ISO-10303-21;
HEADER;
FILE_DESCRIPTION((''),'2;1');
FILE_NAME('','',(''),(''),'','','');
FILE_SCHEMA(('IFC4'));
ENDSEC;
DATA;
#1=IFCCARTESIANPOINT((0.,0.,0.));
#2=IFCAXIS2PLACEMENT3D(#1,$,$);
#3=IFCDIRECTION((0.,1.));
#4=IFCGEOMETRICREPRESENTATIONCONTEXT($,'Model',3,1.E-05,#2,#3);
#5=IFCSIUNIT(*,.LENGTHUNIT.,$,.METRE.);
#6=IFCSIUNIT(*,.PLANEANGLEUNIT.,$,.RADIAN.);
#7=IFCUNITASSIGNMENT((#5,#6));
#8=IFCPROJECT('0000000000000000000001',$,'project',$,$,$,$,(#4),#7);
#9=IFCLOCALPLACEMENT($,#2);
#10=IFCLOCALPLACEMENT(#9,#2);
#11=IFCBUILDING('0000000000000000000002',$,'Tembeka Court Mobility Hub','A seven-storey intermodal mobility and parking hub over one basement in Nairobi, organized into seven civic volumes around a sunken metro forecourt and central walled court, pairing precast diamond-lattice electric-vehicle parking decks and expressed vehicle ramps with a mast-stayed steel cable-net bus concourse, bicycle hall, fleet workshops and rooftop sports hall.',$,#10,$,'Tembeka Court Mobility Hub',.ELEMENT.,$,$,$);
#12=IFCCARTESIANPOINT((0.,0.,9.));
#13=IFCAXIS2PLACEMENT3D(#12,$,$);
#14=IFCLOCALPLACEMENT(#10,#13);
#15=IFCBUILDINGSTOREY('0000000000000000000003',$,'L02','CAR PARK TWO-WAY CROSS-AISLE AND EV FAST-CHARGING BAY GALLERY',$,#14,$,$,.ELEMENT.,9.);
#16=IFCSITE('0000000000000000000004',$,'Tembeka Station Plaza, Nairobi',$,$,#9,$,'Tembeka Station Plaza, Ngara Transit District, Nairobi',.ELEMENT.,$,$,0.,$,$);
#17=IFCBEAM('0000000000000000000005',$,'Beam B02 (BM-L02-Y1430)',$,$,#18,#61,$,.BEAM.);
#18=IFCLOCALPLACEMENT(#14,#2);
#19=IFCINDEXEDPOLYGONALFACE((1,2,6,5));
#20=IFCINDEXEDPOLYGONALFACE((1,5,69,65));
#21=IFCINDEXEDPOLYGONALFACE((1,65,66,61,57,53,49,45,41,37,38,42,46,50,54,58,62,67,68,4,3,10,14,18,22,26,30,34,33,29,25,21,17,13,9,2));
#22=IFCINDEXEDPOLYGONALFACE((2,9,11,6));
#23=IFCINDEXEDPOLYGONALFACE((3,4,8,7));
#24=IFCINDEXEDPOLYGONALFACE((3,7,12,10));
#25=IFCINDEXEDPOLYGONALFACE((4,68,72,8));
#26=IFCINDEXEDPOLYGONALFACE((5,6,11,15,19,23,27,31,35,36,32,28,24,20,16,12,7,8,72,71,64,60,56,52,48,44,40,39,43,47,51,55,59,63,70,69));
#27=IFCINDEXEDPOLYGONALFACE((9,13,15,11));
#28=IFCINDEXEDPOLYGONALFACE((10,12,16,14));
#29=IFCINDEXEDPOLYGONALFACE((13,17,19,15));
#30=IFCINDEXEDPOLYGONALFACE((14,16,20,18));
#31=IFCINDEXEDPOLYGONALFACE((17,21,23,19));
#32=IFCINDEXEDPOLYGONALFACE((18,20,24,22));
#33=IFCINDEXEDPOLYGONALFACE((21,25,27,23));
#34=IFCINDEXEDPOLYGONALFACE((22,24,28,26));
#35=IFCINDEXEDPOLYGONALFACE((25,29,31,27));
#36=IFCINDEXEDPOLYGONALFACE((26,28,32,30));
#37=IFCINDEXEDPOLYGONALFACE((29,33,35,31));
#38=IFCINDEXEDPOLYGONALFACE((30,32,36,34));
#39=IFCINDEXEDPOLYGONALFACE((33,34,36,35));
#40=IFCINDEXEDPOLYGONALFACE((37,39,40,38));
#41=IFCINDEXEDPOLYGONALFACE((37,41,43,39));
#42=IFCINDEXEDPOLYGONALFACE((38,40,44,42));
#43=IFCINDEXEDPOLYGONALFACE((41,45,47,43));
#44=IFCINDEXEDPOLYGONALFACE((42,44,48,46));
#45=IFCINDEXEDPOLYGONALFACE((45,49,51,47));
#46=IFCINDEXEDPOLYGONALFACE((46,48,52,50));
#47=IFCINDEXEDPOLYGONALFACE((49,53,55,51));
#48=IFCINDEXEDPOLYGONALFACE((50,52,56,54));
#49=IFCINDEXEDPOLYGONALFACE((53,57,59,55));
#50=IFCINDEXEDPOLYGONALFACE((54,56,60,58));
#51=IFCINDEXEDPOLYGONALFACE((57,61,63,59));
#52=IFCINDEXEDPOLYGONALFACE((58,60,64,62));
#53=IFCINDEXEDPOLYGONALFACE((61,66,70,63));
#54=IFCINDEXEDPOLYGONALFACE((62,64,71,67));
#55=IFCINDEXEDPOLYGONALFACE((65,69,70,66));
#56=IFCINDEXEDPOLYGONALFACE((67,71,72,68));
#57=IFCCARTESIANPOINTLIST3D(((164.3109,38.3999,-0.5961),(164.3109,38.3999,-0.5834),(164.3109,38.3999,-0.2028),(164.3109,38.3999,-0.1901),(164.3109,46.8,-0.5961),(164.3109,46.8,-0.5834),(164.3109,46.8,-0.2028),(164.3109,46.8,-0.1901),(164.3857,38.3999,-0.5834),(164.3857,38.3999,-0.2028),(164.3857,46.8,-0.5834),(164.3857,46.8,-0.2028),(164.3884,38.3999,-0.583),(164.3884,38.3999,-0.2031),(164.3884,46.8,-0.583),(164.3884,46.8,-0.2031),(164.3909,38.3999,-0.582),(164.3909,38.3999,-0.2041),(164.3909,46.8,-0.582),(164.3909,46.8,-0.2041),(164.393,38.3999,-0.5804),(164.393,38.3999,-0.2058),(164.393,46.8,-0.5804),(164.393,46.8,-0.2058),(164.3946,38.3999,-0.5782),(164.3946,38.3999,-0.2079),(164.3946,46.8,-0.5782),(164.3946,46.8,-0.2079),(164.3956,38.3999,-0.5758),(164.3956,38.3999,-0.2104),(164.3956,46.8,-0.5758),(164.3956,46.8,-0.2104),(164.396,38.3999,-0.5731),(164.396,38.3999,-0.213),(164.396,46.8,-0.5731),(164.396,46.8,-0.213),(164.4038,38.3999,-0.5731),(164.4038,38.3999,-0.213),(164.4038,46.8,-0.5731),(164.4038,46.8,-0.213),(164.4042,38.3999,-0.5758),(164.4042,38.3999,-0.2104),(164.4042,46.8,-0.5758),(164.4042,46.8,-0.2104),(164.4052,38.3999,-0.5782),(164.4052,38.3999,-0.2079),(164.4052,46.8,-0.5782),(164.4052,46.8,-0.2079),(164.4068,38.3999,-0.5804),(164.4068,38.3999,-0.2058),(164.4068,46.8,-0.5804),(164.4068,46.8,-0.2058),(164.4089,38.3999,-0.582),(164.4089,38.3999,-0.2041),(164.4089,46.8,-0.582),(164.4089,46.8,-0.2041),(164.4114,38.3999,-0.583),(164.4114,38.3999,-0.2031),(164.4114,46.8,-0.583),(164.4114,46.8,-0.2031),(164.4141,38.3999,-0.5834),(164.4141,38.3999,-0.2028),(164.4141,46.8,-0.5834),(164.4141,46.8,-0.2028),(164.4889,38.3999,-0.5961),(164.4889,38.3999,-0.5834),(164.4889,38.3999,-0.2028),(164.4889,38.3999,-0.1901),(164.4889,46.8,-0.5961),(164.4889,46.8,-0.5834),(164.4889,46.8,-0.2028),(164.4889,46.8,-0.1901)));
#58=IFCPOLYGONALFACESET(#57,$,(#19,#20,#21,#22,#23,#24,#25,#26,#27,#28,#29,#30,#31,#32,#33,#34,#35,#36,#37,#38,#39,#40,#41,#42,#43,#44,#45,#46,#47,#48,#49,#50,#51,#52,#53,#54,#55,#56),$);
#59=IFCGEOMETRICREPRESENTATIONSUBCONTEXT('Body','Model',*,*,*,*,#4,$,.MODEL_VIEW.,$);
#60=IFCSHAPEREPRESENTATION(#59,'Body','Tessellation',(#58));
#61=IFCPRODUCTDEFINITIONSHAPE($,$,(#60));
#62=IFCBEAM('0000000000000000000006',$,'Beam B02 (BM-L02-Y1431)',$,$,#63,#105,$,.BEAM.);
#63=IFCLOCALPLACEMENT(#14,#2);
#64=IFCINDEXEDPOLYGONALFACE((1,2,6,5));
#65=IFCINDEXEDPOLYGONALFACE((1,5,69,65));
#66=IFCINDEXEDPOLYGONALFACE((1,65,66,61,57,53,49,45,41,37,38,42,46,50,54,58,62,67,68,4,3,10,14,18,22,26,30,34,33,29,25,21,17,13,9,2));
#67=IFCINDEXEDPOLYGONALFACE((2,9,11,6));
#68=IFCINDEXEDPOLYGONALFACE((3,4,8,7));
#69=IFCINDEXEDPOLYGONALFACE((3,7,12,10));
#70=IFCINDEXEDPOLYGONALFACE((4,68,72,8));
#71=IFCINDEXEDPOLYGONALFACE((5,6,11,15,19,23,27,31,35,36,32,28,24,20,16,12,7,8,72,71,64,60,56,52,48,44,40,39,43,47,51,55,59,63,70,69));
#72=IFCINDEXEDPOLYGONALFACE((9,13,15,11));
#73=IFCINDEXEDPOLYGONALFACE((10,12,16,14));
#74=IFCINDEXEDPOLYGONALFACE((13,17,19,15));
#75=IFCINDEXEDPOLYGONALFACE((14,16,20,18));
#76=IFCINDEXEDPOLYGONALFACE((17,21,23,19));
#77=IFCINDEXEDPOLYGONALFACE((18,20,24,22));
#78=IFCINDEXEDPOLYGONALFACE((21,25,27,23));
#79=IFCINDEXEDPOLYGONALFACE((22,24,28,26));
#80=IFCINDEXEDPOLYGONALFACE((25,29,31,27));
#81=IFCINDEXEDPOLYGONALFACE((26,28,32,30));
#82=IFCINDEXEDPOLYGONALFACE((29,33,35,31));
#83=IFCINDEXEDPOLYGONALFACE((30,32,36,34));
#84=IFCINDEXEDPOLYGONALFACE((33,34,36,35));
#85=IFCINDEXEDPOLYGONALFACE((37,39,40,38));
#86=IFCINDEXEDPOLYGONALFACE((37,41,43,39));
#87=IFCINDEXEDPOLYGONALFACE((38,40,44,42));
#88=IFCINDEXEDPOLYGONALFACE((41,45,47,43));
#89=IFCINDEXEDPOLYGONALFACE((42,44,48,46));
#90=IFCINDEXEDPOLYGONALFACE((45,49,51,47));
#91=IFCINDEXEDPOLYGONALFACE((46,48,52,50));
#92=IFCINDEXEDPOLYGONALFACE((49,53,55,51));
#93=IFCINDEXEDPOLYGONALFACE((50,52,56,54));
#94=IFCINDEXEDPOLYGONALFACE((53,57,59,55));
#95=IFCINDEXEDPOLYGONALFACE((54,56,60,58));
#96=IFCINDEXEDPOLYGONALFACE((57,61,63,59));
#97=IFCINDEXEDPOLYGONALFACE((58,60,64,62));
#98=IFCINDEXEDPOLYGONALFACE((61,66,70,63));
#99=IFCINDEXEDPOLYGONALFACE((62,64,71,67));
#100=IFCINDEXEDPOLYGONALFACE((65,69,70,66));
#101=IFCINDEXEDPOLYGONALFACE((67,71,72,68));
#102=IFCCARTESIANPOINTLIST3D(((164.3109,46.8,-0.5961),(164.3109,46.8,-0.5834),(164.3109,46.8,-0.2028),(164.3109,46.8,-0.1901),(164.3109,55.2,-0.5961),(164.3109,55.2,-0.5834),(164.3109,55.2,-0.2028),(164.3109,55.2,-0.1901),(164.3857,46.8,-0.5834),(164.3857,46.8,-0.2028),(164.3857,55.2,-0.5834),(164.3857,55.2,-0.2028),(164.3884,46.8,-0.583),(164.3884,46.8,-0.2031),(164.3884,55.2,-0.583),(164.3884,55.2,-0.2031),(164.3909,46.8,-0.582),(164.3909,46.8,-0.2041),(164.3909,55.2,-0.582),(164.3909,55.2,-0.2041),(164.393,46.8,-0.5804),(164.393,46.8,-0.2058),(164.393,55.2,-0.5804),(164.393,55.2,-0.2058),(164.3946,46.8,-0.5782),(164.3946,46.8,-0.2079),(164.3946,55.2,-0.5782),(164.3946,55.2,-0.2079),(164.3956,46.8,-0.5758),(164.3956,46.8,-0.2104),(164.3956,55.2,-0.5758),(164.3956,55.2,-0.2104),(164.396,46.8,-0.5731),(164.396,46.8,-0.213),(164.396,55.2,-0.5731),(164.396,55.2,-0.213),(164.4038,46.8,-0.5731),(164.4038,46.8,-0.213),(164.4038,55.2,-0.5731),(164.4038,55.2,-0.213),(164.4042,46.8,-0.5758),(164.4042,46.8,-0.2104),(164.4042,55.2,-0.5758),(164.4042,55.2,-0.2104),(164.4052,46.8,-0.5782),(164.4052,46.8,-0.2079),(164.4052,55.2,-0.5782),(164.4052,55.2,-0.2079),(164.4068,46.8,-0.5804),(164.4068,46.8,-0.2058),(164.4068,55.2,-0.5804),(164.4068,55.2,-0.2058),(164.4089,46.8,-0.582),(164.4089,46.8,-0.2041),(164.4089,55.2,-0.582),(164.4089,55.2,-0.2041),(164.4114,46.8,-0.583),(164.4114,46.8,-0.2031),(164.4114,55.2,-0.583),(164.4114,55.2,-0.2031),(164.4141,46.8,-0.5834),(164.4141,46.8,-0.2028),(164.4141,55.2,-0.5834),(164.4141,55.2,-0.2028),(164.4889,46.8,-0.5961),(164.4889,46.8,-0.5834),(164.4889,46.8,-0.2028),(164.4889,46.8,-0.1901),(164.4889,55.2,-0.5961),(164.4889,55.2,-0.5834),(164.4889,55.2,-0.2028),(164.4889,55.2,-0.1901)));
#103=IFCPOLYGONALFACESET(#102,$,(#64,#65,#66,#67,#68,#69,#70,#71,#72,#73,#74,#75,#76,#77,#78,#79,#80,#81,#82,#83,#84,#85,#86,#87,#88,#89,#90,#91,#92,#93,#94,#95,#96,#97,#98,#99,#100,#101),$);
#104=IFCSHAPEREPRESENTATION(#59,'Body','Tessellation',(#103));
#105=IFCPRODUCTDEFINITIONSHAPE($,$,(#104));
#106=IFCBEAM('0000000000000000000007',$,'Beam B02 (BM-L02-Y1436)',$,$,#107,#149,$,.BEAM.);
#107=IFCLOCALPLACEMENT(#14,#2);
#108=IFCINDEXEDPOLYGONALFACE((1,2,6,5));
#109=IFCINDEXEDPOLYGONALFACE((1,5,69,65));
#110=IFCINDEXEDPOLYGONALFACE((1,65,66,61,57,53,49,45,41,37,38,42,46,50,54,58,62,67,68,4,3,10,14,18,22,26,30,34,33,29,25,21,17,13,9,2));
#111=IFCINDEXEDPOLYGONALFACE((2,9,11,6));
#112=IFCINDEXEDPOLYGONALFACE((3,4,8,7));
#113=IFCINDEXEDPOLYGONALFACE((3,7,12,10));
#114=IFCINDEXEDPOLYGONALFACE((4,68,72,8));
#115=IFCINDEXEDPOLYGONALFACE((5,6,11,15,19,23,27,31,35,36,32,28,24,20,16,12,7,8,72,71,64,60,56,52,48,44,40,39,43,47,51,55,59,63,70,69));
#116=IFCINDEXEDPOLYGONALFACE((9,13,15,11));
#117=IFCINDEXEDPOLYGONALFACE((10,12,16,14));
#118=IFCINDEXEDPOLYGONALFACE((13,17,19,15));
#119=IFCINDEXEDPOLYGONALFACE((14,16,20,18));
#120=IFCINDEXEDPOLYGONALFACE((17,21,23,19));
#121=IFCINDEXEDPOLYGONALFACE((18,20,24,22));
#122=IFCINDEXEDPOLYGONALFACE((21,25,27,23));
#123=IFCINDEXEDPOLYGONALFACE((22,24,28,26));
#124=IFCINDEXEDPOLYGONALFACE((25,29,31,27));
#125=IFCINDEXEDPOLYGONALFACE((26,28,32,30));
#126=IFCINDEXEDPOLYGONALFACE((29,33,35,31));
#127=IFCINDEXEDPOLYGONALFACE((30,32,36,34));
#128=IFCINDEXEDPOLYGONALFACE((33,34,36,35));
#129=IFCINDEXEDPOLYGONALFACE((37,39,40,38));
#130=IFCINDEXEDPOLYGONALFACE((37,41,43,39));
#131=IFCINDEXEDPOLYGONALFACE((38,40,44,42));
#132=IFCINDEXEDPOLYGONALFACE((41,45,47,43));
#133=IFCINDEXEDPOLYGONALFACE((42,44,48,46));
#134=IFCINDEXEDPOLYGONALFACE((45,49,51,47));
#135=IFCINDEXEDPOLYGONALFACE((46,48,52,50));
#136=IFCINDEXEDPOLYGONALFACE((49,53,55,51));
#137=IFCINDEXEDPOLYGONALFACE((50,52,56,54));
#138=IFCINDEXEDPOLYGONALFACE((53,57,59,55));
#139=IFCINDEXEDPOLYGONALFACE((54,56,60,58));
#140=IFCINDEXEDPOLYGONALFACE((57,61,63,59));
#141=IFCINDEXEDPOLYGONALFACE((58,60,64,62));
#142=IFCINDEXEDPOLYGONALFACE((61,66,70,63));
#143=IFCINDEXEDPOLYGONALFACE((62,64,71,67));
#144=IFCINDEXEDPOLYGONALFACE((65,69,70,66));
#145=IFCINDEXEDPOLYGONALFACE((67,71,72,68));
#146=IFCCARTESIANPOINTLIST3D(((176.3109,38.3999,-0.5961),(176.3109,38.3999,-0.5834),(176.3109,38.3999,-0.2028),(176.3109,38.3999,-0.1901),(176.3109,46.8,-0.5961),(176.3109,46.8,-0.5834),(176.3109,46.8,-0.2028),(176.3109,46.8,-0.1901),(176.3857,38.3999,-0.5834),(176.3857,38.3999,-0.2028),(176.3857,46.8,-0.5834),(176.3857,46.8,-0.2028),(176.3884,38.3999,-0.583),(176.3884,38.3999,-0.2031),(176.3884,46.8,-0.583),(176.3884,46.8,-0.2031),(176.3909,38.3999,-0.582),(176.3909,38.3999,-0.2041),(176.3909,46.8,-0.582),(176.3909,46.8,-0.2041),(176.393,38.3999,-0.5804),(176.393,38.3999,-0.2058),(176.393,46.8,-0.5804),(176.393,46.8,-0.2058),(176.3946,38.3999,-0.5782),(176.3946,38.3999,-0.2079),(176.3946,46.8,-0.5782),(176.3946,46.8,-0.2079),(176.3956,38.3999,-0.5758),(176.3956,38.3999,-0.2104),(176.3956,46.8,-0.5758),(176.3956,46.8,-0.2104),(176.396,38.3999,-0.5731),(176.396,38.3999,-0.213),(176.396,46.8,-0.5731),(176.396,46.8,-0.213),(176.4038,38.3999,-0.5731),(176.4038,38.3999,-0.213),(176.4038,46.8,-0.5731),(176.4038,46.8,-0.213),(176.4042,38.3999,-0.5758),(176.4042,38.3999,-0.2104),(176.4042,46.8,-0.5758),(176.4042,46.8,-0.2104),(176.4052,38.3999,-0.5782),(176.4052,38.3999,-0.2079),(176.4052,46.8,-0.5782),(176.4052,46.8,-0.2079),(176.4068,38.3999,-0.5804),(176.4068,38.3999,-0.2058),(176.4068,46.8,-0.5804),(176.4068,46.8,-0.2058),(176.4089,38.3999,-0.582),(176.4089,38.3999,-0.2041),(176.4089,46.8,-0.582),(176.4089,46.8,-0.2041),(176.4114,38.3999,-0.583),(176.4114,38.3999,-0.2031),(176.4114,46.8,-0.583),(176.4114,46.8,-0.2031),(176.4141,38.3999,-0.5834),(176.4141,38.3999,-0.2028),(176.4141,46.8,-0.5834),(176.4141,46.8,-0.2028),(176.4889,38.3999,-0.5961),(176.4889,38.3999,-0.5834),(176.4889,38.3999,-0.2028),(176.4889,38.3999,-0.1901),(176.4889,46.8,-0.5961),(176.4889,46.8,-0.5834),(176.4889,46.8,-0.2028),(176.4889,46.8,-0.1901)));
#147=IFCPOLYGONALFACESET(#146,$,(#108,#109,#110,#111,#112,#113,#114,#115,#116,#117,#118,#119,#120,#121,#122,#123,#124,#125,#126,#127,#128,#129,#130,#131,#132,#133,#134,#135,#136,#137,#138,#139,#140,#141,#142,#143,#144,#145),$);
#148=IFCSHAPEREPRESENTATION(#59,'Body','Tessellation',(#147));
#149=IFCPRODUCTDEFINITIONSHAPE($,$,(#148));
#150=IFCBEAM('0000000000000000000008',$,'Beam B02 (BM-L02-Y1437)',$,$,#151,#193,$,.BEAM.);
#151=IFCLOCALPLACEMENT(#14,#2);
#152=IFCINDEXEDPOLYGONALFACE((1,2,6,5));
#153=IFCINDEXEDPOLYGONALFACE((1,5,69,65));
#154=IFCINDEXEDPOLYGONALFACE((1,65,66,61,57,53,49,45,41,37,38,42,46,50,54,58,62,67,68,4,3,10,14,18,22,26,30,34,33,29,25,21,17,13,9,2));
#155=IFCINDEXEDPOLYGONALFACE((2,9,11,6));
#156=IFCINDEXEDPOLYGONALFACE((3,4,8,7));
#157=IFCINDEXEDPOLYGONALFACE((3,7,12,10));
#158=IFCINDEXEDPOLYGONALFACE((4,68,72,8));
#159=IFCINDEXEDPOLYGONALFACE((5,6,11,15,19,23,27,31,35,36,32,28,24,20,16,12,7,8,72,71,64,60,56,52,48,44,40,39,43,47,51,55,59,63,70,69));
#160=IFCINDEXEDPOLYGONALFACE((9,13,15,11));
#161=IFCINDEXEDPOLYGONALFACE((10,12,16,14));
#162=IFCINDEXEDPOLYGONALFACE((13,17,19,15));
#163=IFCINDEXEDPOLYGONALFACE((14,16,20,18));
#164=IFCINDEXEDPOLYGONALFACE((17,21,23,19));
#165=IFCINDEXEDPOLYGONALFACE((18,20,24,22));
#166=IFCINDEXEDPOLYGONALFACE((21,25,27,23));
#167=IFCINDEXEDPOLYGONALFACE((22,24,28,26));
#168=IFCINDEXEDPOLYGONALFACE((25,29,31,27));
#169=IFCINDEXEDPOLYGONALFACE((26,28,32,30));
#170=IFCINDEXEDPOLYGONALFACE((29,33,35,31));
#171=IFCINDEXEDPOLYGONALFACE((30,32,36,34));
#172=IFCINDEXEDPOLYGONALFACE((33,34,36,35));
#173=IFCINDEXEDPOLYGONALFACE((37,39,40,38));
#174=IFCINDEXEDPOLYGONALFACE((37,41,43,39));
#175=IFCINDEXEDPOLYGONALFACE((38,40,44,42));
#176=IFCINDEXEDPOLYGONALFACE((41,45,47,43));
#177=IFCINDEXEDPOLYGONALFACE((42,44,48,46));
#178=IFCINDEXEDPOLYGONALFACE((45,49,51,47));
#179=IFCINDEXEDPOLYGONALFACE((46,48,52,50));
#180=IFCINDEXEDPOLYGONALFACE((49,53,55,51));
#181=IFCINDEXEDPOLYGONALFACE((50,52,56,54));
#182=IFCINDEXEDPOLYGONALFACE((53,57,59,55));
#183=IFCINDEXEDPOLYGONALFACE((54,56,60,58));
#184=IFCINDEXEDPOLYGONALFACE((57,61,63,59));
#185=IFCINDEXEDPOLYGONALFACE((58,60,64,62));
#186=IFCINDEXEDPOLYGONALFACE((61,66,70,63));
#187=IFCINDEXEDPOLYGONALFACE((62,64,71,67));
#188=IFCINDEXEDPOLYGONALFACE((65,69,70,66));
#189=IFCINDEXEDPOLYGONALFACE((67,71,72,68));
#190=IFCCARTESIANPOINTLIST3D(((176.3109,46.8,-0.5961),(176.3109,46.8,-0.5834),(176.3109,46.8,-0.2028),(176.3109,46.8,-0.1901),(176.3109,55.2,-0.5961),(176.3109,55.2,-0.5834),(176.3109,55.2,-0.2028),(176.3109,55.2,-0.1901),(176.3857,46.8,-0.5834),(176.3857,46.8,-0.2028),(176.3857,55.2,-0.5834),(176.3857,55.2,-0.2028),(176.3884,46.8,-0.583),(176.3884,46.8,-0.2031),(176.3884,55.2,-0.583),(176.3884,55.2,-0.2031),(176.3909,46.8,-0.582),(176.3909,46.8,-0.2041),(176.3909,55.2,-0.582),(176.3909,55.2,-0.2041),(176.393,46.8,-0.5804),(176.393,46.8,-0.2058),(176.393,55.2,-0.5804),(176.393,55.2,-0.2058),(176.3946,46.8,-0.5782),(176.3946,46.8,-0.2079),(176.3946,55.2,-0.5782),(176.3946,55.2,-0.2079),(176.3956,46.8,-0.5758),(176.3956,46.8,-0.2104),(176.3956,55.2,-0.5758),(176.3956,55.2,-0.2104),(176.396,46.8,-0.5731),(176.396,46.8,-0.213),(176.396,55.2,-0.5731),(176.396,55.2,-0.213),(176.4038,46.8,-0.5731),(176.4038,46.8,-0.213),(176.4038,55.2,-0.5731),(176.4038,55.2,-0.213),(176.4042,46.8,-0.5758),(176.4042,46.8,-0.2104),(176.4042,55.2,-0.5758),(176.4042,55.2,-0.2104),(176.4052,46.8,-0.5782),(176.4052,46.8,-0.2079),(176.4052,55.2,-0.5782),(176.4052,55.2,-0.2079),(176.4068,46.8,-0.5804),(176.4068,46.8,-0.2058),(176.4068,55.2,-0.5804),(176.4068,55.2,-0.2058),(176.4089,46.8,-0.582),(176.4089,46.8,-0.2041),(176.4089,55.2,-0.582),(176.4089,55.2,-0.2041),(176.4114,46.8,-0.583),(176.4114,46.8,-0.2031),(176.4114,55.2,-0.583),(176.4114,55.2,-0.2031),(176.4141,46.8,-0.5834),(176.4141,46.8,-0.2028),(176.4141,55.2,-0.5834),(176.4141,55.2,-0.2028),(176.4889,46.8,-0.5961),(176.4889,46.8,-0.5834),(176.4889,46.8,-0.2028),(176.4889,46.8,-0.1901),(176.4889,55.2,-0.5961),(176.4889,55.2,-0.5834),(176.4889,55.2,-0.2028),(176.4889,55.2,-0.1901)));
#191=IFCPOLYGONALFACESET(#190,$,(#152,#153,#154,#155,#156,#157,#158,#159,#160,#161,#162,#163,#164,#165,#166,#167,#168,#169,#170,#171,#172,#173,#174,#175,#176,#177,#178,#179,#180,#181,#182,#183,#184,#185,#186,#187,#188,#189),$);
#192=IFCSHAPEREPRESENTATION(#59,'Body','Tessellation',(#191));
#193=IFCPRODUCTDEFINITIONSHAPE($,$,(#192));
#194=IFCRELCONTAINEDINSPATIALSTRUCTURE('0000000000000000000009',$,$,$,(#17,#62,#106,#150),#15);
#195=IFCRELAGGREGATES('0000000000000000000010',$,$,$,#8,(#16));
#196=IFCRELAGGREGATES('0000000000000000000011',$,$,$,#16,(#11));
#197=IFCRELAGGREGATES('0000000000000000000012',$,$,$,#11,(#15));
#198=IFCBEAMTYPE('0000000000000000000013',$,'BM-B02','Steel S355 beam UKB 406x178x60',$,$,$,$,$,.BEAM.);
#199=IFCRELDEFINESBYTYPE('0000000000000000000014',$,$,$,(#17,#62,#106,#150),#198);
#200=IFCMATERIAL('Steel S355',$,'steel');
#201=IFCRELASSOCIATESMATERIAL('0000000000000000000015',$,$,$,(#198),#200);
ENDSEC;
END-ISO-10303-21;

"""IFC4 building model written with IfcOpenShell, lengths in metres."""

from ifc_helpers import new_model, si_unit, direction, frame, origin, origin_2d, place, context, subcontext, project, spatial, i_section, extrude, material, material_profile, profile_set, type_object, element, save


model = new_model("IFC4")

# Units and contexts
model_context = context("Model", 3, precision=1e-05, world=origin(), true_north=direction((0.0, 1.0)))
body_context = subcontext(model_context, "Body", "Model", "MODEL_VIEW")
ifc_project = project(units=[si_unit("LENGTHUNIT", "METRE"), si_unit("PLANEANGLEUNIT", "RADIAN")], contexts=[model_context])

# Site, building, storey
site_placement = place(None, origin())
site = spatial("IfcSite", under=ifc_project, at=site_placement, Name="Tembeka Station Plaza, Nairobi", LongName="Tembeka Station Plaza, Ngara Transit District, Nairobi", CompositionType="ELEMENT", RefElevation=0.0)
building_placement = place(site_placement, origin())
building = spatial("IfcBuilding", under=site, at=building_placement, Name="Tembeka Court Mobility Hub", Description="A seven-storey intermodal mobility and parking hub over one basement in Nairobi, organized into seven civic volumes around a sunken metro forecourt and central walled court, pairing precast diamond-lattice electric-vehicle parking decks and expressed vehicle ramps with a mast-stayed steel cable-net bus concourse, bicycle hall, fleet workshops and rooftop sports hall.", LongName="Tembeka Court Mobility Hub", CompositionType="ELEMENT")
storey_placement = place(building_placement, frame((0.0, 0.0, 9.0)))
storey = spatial("IfcBuildingStorey", under=building, at=storey_placement, Name="L02", Description="CAR PARK TWO-WAY CROSS-AISLE AND EV FAST-CHARGING BAY GALLERY", CompositionType="ELEMENT", Elevation=9.0)

# Shared definitions
ifc_material_1 = material(Name="Steel S355", Category="steel")

# Beams
ifc_material_profile_1 = material_profile(ifc_material_1, i_section(OverallWidth=0.178, OverallDepth=0.406, WebThickness=0.0078, FlangeThickness=0.0127, FilletRadius=0.0103, at=origin_2d()), Name="UKB 406x178x60")
ifc_profile_set_1 = profile_set([ifc_material_profile_1], Name="Steel S355")
beam_type_1 = type_object("IfcBeamType", Name="BM-B02", Description="Steel S355 beam UKB 406x178x60", PredefinedType="BEAM", material=ifc_profile_set_1)
beam_1_placement = place(storey_placement, frame((164.3999, 38.3999, -0.3931), z_axis=(0.0, 1.0, 0.0), x_axis=(-1.0, 0.0, 0.0)))
element("IfcBeam", 1, at=beam_1_placement, inside=storey, type_object=beam_type_1, Name="Beam B02 (BM-L02-Y1430)", PredefinedType="BEAM", context=body_context, shape_type="SweptSolid", body=[
    extrude(i_section(OverallWidth=0.178, OverallDepth=0.406, WebThickness=0.0078, FlangeThickness=0.0127, FilletRadius=0.0103, at=origin_2d()), origin(), (0.0, 0.0, 1.0), 8.4001),
])
beam_2_placement = place(storey_placement, frame((164.3999, 46.8, -0.3931), z_axis=(0.0, 1.0, 0.0), x_axis=(-1.0, 0.0, 0.0)))
element("IfcBeam", 2, at=beam_2_placement, inside=storey, type_object=beam_type_1, Name="Beam B02 (BM-L02-Y1431)", PredefinedType="BEAM", context=body_context, shape_type="SweptSolid", body=[
    extrude(i_section(OverallWidth=0.178, OverallDepth=0.406, WebThickness=0.0078, FlangeThickness=0.0127, FilletRadius=0.0103, at=origin_2d()), origin(), (0.0, 0.0, 1.0), 8.3999),
])
beam_3_placement = place(storey_placement, frame((176.3999, 38.3999, -0.3931), z_axis=(0.0, 1.0, 0.0), x_axis=(-1.0, 0.0, 0.0)))
element("IfcBeam", 3, at=beam_3_placement, inside=storey, type_object=beam_type_1, Name="Beam B02 (BM-L02-Y1436)", PredefinedType="BEAM", context=body_context, shape_type="SweptSolid", body=[
    extrude(i_section(OverallWidth=0.178, OverallDepth=0.406, WebThickness=0.0078, FlangeThickness=0.0127, FilletRadius=0.0103, at=origin_2d()), origin(), (0.0, 0.0, 1.0), 8.4001),
])
beam_4_placement = place(storey_placement, frame((176.3999, 46.8, -0.3931), z_axis=(0.0, 1.0, 0.0), x_axis=(-1.0, 0.0, 0.0)))
element("IfcBeam", 4, at=beam_4_placement, inside=storey, type_object=beam_type_1, Name="Beam B02 (BM-L02-Y1437)", PredefinedType="BEAM", context=body_context, shape_type="SweptSolid", body=[
    extrude(i_section(OverallWidth=0.178, OverallDepth=0.406, WebThickness=0.0078, FlangeThickness=0.0127, FilletRadius=0.0103, at=origin_2d()), origin(), (0.0, 0.0, 1.0), 8.3999),
])

save(model, "model.ifc")
